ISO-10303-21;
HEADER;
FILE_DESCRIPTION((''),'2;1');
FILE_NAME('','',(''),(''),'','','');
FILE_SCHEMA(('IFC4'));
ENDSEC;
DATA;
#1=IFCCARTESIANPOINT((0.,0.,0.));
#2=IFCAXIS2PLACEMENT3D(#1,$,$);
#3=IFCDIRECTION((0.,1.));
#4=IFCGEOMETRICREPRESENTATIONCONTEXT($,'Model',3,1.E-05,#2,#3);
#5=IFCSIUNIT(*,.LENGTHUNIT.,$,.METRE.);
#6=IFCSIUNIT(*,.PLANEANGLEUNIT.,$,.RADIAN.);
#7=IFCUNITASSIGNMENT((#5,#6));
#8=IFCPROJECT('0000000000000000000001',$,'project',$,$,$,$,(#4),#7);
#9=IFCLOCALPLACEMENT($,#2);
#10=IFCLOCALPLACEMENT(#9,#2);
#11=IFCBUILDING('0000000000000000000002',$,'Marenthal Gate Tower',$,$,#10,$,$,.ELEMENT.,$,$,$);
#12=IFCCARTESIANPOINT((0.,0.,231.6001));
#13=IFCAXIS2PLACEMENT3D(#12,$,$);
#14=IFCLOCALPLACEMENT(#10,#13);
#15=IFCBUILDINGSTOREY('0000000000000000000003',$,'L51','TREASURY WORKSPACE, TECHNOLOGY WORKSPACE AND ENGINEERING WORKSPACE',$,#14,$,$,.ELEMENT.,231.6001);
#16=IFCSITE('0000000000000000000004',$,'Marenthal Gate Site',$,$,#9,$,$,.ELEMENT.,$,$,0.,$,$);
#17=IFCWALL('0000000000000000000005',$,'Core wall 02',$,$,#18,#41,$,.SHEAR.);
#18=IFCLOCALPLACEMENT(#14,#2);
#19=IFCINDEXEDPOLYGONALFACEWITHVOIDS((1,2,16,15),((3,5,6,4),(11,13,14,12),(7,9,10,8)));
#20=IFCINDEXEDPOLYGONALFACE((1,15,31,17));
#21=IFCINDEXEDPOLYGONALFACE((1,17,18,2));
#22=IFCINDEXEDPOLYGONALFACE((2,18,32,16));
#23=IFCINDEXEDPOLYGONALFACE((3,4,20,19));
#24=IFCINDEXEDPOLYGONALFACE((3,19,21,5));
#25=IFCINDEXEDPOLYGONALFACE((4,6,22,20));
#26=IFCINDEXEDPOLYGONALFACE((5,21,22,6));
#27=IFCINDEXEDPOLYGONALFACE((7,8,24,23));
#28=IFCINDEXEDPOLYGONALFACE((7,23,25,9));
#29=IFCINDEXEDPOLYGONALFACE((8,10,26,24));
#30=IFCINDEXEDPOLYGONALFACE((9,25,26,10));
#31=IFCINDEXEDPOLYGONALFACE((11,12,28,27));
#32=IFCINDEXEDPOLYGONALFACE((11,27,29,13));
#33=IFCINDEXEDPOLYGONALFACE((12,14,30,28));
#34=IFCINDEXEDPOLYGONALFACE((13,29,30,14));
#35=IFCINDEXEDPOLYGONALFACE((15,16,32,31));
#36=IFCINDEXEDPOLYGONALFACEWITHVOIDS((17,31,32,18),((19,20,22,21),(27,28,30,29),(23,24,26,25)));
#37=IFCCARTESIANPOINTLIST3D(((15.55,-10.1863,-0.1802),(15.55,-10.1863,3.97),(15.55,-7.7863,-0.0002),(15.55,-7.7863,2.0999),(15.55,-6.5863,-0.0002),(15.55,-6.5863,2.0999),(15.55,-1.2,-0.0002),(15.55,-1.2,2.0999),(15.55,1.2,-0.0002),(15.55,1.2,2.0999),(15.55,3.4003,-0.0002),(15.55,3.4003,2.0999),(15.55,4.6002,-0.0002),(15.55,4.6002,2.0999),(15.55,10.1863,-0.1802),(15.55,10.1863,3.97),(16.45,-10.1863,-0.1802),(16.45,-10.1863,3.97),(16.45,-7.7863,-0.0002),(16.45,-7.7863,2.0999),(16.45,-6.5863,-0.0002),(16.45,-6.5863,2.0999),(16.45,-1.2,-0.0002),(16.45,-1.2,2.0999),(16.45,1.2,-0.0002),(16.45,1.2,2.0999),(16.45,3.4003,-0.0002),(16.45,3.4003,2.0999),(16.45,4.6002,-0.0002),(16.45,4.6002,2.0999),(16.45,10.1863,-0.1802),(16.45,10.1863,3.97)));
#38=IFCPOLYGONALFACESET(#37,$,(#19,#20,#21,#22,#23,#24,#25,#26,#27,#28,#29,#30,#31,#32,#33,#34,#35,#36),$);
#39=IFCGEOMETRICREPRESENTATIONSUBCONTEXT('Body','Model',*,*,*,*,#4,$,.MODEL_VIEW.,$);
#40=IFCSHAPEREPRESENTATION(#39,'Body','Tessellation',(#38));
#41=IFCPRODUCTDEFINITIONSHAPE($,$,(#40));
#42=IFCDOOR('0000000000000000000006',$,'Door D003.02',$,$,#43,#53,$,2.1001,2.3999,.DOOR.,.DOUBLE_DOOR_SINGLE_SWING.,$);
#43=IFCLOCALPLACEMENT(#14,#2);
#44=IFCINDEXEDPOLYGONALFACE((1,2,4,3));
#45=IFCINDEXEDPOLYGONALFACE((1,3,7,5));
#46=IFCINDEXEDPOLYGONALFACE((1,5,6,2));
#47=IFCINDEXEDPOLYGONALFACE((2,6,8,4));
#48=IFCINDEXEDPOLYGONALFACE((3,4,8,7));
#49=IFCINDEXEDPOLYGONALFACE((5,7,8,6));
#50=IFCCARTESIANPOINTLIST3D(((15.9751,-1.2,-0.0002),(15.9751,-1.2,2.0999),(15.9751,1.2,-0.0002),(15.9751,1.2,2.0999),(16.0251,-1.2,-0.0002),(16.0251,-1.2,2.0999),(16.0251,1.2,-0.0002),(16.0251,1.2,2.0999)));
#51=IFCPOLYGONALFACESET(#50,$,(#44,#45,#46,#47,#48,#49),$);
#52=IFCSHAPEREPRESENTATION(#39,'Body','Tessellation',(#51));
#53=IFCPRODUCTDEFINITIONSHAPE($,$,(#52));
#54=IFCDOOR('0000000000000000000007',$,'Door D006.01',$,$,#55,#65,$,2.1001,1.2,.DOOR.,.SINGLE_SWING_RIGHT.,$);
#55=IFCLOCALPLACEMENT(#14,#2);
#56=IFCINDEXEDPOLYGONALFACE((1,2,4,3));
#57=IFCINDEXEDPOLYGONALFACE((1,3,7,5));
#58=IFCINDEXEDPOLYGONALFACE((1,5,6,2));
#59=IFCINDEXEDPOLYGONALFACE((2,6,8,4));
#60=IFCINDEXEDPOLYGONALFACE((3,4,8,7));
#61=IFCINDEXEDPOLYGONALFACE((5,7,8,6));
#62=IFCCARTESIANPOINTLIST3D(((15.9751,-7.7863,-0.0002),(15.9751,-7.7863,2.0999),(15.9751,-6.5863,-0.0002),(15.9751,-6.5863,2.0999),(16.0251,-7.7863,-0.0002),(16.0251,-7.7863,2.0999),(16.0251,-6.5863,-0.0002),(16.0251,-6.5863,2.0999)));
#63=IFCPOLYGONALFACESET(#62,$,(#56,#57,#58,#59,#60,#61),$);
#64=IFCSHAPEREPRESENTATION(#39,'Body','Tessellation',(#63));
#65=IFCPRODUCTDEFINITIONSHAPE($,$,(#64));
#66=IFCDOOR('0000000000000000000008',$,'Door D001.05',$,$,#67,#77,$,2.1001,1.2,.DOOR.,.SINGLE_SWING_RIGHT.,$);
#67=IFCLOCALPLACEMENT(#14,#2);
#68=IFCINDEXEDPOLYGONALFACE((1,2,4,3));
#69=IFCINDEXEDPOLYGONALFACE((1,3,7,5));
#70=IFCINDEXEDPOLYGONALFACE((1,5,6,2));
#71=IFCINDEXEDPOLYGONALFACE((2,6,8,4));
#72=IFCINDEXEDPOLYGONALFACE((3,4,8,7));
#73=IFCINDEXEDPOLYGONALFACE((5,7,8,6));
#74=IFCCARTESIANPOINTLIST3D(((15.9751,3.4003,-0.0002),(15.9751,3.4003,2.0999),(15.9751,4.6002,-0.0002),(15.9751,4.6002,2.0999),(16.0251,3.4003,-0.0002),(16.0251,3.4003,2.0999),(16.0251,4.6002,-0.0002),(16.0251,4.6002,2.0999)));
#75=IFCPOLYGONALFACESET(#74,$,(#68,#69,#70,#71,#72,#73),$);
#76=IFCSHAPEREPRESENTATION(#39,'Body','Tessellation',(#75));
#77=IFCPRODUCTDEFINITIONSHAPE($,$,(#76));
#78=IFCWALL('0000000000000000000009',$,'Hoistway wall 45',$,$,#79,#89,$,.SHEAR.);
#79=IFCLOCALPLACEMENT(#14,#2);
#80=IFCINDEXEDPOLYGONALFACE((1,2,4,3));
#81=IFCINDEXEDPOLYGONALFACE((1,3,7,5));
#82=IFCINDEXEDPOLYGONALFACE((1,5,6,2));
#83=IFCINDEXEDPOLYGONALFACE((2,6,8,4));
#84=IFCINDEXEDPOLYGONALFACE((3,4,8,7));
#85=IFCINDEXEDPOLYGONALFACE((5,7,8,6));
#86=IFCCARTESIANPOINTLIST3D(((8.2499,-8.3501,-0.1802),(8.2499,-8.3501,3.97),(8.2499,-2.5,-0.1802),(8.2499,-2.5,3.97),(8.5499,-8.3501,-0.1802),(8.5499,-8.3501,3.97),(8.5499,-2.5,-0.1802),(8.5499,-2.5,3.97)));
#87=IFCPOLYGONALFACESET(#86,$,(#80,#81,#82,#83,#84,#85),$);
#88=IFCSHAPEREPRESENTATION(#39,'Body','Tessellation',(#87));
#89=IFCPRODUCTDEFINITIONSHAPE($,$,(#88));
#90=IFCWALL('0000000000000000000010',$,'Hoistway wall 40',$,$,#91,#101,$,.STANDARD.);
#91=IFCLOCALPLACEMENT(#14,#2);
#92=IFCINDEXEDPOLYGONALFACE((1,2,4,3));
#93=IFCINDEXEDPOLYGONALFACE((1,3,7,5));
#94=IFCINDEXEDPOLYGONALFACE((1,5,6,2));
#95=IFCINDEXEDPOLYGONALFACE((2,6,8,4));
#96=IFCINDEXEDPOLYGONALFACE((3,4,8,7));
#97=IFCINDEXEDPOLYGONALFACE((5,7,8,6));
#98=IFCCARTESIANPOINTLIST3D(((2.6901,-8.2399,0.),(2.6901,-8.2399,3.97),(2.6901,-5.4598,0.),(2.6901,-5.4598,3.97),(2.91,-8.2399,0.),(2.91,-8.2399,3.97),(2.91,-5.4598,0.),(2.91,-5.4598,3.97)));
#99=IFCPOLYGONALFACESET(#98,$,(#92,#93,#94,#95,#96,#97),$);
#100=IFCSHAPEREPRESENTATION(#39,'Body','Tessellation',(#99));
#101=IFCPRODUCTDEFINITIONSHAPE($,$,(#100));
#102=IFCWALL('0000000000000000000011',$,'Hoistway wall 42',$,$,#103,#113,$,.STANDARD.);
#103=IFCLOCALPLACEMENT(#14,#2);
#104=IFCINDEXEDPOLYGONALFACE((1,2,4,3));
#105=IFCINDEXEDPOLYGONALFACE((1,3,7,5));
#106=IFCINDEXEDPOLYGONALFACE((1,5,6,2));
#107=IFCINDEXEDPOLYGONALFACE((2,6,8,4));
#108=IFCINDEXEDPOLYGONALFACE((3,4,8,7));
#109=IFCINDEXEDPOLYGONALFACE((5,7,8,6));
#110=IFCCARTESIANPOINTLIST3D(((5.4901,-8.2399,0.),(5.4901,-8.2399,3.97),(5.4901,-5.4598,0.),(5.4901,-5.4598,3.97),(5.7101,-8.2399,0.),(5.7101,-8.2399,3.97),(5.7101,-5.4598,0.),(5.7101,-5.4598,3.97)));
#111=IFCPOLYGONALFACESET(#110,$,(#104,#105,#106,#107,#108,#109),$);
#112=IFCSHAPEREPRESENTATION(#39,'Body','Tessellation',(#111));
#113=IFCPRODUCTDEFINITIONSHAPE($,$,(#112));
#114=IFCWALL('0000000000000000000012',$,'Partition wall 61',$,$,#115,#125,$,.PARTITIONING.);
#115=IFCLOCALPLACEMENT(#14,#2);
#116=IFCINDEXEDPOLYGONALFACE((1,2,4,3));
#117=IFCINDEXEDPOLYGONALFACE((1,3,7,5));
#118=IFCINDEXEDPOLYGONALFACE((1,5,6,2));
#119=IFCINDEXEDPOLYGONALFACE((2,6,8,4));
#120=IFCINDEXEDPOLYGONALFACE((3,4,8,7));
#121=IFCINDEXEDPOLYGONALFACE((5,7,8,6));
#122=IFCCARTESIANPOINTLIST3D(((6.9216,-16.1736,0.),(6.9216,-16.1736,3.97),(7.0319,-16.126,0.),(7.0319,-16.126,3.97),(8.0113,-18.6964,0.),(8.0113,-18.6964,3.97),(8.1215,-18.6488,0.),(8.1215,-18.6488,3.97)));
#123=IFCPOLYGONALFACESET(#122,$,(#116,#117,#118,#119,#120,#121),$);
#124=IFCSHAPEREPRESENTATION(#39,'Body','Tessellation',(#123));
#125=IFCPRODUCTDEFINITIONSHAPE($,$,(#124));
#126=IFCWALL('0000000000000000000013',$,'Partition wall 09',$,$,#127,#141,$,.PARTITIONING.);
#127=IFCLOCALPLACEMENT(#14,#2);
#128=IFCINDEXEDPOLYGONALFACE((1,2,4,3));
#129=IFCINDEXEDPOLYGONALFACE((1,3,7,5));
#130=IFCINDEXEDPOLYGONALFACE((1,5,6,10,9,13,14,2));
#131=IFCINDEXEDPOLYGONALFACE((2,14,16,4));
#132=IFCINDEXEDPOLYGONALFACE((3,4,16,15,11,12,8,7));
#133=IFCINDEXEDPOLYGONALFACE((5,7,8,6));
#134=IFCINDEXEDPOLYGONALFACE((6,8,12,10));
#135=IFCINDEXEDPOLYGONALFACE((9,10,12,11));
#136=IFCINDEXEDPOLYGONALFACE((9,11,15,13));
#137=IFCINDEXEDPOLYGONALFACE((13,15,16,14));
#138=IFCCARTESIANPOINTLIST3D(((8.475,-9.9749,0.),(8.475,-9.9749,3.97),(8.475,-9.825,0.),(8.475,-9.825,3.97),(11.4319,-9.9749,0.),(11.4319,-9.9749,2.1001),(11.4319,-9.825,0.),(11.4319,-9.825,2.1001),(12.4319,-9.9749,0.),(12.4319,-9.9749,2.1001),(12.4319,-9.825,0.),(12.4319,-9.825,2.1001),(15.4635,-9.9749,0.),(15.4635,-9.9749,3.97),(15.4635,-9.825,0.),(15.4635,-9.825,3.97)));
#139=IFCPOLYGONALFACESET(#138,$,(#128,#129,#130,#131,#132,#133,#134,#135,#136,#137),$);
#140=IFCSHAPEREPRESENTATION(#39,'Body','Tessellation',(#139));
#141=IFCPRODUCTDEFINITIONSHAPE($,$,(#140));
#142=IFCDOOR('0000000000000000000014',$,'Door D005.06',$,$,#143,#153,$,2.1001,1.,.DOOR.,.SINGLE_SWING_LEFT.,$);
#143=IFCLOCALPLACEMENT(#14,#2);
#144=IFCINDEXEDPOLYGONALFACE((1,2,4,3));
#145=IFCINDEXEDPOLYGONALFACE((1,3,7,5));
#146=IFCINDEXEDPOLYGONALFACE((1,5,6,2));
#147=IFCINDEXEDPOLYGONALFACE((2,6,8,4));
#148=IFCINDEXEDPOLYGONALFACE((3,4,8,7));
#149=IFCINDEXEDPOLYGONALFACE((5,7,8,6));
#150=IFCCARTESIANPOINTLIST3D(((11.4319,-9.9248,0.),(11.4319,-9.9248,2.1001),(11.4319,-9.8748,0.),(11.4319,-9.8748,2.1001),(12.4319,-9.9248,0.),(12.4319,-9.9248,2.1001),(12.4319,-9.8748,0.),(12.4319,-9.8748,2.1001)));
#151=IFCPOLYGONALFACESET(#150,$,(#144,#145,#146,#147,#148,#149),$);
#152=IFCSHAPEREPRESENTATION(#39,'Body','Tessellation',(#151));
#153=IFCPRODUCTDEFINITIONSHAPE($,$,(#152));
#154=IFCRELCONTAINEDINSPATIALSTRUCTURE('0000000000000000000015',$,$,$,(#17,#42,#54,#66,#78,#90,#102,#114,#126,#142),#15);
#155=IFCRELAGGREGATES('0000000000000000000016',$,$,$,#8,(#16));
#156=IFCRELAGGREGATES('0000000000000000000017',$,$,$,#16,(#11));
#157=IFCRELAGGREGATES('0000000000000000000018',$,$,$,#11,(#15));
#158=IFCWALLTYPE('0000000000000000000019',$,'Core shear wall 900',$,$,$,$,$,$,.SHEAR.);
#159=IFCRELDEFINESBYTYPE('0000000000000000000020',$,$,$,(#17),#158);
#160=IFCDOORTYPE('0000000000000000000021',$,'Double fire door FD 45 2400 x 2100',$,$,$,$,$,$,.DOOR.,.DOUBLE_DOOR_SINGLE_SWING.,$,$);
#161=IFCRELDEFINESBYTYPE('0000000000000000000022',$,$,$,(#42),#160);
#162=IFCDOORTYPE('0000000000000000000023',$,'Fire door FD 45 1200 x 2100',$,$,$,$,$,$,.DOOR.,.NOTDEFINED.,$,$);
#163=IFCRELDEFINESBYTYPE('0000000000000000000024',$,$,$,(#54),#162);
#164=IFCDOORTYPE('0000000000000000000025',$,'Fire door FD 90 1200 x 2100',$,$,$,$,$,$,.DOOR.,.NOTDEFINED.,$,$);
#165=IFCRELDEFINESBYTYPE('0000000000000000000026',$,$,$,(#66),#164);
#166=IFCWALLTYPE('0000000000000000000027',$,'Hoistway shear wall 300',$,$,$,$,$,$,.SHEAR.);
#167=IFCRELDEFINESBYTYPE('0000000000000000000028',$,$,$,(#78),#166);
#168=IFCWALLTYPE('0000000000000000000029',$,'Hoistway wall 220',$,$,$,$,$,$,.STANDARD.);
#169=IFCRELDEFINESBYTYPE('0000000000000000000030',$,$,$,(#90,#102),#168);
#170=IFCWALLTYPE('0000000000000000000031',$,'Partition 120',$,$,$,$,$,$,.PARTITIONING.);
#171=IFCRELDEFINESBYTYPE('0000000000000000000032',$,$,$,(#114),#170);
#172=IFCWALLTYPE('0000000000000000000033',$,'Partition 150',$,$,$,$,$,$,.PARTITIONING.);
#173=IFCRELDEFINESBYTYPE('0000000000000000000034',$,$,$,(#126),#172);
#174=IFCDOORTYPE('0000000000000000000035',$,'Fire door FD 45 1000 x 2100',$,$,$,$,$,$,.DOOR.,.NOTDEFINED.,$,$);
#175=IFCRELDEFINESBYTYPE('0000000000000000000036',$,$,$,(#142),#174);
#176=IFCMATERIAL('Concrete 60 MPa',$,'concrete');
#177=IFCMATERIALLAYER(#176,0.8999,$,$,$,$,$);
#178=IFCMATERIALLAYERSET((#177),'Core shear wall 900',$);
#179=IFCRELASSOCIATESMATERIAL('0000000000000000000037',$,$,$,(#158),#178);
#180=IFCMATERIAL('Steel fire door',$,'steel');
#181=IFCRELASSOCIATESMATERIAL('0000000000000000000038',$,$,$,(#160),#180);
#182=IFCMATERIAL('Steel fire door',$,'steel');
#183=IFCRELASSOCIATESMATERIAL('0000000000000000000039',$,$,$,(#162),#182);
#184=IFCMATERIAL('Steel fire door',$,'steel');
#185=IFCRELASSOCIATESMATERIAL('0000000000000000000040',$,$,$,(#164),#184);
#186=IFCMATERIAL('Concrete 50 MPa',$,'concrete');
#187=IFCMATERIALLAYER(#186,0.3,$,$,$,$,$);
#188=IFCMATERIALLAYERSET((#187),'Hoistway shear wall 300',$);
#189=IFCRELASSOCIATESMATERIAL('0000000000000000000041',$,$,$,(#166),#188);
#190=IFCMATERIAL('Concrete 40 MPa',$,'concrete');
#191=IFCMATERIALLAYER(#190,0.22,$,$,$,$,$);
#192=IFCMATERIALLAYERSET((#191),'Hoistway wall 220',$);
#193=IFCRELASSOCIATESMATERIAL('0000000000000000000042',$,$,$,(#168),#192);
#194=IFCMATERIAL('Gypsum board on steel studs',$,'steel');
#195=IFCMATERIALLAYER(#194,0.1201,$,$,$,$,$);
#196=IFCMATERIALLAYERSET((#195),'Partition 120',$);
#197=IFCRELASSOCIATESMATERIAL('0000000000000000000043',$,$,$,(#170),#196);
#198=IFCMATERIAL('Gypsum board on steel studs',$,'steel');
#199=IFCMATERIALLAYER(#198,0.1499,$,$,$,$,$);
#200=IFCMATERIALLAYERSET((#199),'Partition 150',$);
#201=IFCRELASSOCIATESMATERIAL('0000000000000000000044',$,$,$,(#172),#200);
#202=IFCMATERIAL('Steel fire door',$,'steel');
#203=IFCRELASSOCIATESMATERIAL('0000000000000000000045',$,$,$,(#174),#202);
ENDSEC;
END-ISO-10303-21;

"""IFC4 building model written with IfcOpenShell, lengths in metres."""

from ifc_helpers import new_model, si_unit, direction, frame, frame_2d, origin, place, context, subcontext, project, spatial, rectangle, extrude, material, layer, layer_set, type_object, element, fill, save


model = new_model("IFC4")

# Units and contexts
model_context = context("Model", 3, precision=1e-05, world=origin(), true_north=direction((0.0, 1.0)))
body_context = subcontext(model_context, "Body", "Model", "MODEL_VIEW")
ifc_project = project(units=[si_unit("LENGTHUNIT", "METRE"), si_unit("PLANEANGLEUNIT", "RADIAN")], contexts=[model_context])

# Site, building, storey
site_placement = place(None, origin())
site = spatial("IfcSite", under=ifc_project, at=site_placement, Name="Marenthal Gate Site", CompositionType="ELEMENT", RefElevation=0.0)
building_placement = place(site_placement, origin())
building = spatial("IfcBuilding", under=site, at=building_placement, Name="Marenthal Gate Tower", CompositionType="ELEMENT")
storey_placement = place(building_placement, frame((0.0, 0.0, 231.6001)))
storey = spatial("IfcBuildingStorey", under=building, at=storey_placement, Name="L51", Description="TREASURY WORKSPACE, TECHNOLOGY WORKSPACE AND ENGINEERING WORKSPACE", CompositionType="ELEMENT", Elevation=231.6001)

# Shared definitions
ifc_material_1 = material(Name="Concrete 60 MPa", Category="concrete")
ifc_layer_1 = layer(ifc_material_1, 0.8999)
ifc_layer_set_1 = layer_set([ifc_layer_1], Name="Core shear wall 900")
wall_type_1 = type_object("IfcWallType", Name="Core shear wall 900", PredefinedType="SHEAR", material=ifc_layer_set_1)

# Wall, openings, doors
wall_1_placement = place(storey_placement, frame((16.0, -10.1863, -0.1802), z_axis=(0.0, 0.0, 1.0), x_axis=(0.0, 1.0, 0.0)))
wall_1 = element("IfcWall", 1, at=wall_1_placement, inside=storey, type_object=wall_type_1, Name="Core wall 02", PredefinedType="SHEAR", context=body_context, shape_type="SweptSolid", body=[
    extrude(rectangle(XDim=20.3726, YDim=0.8999, at=frame_2d((10.1863, 0.0))), origin(), (0.0, 0.0, 1.0), 4.1501),
])
opening_1_placement = place(wall_1_placement, frame((8.9863, 0.0, 0.1799)))
opening_1 = element("IfcOpeningElement", 2, at=opening_1_placement, cuts=wall_1, PredefinedType="OPENING", context=body_context, shape_type="SweptSolid", body=[
    extrude(rectangle(XDim=2.3999, YDim=2.1001, at=frame_2d((1.2, 1.05))), frame((0.0, 0.46, 0.0), z_axis=(0.0, -1.0, 0.0), x_axis=(1.0, 0.0, 0.0)), (0.0, 0.0, 1.0), 0.9199),
])
opening_2_placement = place(wall_1_placement, frame((13.5864, 0.0, 0.1799)))
opening_2 = element("IfcOpeningElement", 3, at=opening_2_placement, cuts=wall_1, PredefinedType="OPENING", context=body_context, shape_type="SweptSolid", body=[
    extrude(rectangle(XDim=1.2, YDim=2.1001, at=frame_2d((0.6001, 1.05))), frame((0.0, 0.46, 0.0), z_axis=(0.0, -1.0, 0.0), x_axis=(1.0, 0.0, 0.0)), (0.0, 0.0, 1.0), 0.9199),
])
opening_3_placement = place(wall_1_placement, frame((2.3999, 0.0, 0.1799)))
opening_3 = element("IfcOpeningElement", 4, at=opening_3_placement, cuts=wall_1, PredefinedType="OPENING", context=body_context, shape_type="SweptSolid", body=[
    extrude(rectangle(XDim=1.2, YDim=2.1001, at=frame_2d((0.6001, 1.05))), frame((0.0, 0.46, 0.0), z_axis=(0.0, -1.0, 0.0), x_axis=(1.0, 0.0, 0.0)), (0.0, 0.0, 1.0), 0.9199),
])
ifc_material_2 = material(Name="Steel fire door", Category="steel")
door_type_1 = type_object("IfcDoorType", Name="Double fire door FD 45 2400 x 2100", OperationType="DOUBLE_DOOR_SINGLE_SWING", PredefinedType="DOOR", material=ifc_material_2)
door_1_placement = place(opening_1_placement, origin())
door_1 = element("IfcDoor", 5, at=door_1_placement, inside=storey, type_object=door_type_1, Name="Door D003.02", OperationType="DOUBLE_DOOR_SINGLE_SWING", OverallHeight=2.1001, OverallWidth=2.3999, PredefinedType="DOOR", context=body_context, shape_type="SweptSolid", body=[
    extrude(rectangle(XDim=2.3999, YDim=2.1001, at=frame_2d((1.2, 1.05))), frame((0.0, 0.0249, 0.0), z_axis=(0.0, -1.0, 0.0), x_axis=(1.0, 0.0, 0.0)), (0.0, 0.0, 1.0), 0.05),
])
fill(opening_1, door_1)
ifc_material_3 = material(Name="Steel fire door", Category="steel")
door_type_2 = type_object("IfcDoorType", Name="Fire door FD 45 1200 x 2100", OperationType="NOTDEFINED", PredefinedType="DOOR", material=ifc_material_3)
door_2_placement = place(opening_3_placement, origin())
door_2 = element("IfcDoor", 6, at=door_2_placement, inside=storey, type_object=door_type_2, Name="Door D006.01", OperationType="SINGLE_SWING_RIGHT", OverallHeight=2.1001, OverallWidth=1.2, PredefinedType="DOOR", context=body_context, shape_type="SweptSolid", body=[
    extrude(rectangle(XDim=1.2, YDim=2.1001, at=frame_2d((0.6001, 1.05))), frame((0.0, 0.0249, 0.0), z_axis=(0.0, -1.0, 0.0), x_axis=(1.0, 0.0, 0.0)), (0.0, 0.0, 1.0), 0.05),
])
fill(opening_3, door_2)
ifc_material_4 = material(Name="Steel fire door", Category="steel")
door_type_3 = type_object("IfcDoorType", Name="Fire door FD 90 1200 x 2100", OperationType="NOTDEFINED", PredefinedType="DOOR", material=ifc_material_4)
door_3_placement = place(opening_2_placement, origin())
door_3 = element("IfcDoor", 7, at=door_3_placement, inside=storey, type_object=door_type_3, Name="Door D001.05", OperationType="SINGLE_SWING_RIGHT", OverallHeight=2.1001, OverallWidth=1.2, PredefinedType="DOOR", context=body_context, shape_type="SweptSolid", body=[
    extrude(rectangle(XDim=1.2, YDim=2.1001, at=frame_2d((0.6001, 1.05))), frame((0.0, 0.0249, 0.0), z_axis=(0.0, -1.0, 0.0), x_axis=(1.0, 0.0, 0.0)), (0.0, 0.0, 1.0), 0.05),
])
fill(opening_2, door_3)

# Walls
ifc_material_5 = material(Name="Concrete 50 MPa", Category="concrete")
ifc_layer_2 = layer(ifc_material_5, 0.3)
ifc_layer_set_2 = layer_set([ifc_layer_2], Name="Hoistway shear wall 300")
wall_type_2 = type_object("IfcWallType", Name="Hoistway shear wall 300", PredefinedType="SHEAR", material=ifc_layer_set_2)
wall_2_placement = place(storey_placement, frame((8.3999, -8.3501, -0.1802), z_axis=(0.0, 0.0, 1.0), x_axis=(0.0, 1.0, 0.0)))
element("IfcWall", 8, at=wall_2_placement, inside=storey, type_object=wall_type_2, Name="Hoistway wall 45", PredefinedType="SHEAR", context=body_context, shape_type="SweptSolid", body=[
    extrude(rectangle(XDim=5.8501, YDim=0.3, at=frame_2d((2.925, 0.0))), origin(), (0.0, 0.0, 1.0), 4.1501),
])
ifc_material_6 = material(Name="Concrete 40 MPa", Category="concrete")
ifc_layer_3 = layer(ifc_material_6, 0.22)
ifc_layer_set_3 = layer_set([ifc_layer_3], Name="Hoistway wall 220")
wall_type_3 = type_object("IfcWallType", Name="Hoistway wall 220", PredefinedType="STANDARD", material=ifc_layer_set_3)
for number, where, z_axis, x_axis, name in (
    (9, (2.8, -8.24, 0.0), (0.0, 0.0, 1.0), (0.0, 1.0, 0.0), "Hoistway wall 40"),
    (10, (5.6001, -8.24, 0.0), (0.0, 0.0, 1.0), (0.0, 1.0, 0.0), "Hoistway wall 42"),
):
    element("IfcWall", number, at=place(storey_placement, frame(where, z_axis=z_axis, x_axis=x_axis)), inside=storey, type_object=wall_type_3, Name=name, PredefinedType="STANDARD", context=body_context, shape_type="SweptSolid", body=[
        extrude(rectangle(XDim=2.78, YDim=0.22, at=frame_2d((1.3901, 0.0))), origin(), (0.0, 0.0, 1.0), 3.97),
    ])
ifc_material_7 = material(Name="Gypsum board on steel studs", Category="steel")
ifc_layer_4 = layer(ifc_material_7, 0.1201)
ifc_layer_set_4 = layer_set([ifc_layer_4], Name="Partition 120")
wall_type_4 = type_object("IfcWallType", Name="Partition 120", PredefinedType="PARTITIONING", material=ifc_layer_set_4)
wall_3_placement = place(storey_placement, frame((8.0664, -18.6726, 0.0), z_axis=(0.0, 0.0, 1.0), x_axis=(-0.396513, 0.918029, 0.0)))
element("IfcWall", 11, at=wall_3_placement, inside=storey, type_object=wall_type_4, Name="Partition wall 61", PredefinedType="PARTITIONING", context=body_context, shape_type="SweptSolid", body=[
    extrude(rectangle(XDim=2.748, YDim=0.1201, at=frame_2d((1.374, 0.0))), origin(), (0.0, 0.0, 1.0), 3.97),
])

# Wall, opening, door
ifc_material_8 = material(Name="Gypsum board on steel studs", Category="steel")
ifc_layer_5 = layer(ifc_material_8, 0.1499)
ifc_layer_set_5 = layer_set([ifc_layer_5], Name="Partition 150")
wall_type_5 = type_object("IfcWallType", Name="Partition 150", PredefinedType="PARTITIONING", material=ifc_layer_set_5)
wall_4_placement = place(storey_placement, frame((8.4751, -9.8999, 0.0), z_axis=(0.0, 0.0, 1.0), x_axis=(1.0, 0.0, 0.0)))
wall_4 = element("IfcWall", 12, at=wall_4_placement, inside=storey, type_object=wall_type_5, Name="Partition wall 09", PredefinedType="PARTITIONING", context=body_context, shape_type="SweptSolid", body=[
    extrude(rectangle(XDim=6.9885, YDim=0.1499, at=frame_2d((3.4941, 0.0))), origin(), (0.0, 0.0, 1.0), 3.97),
])
opening_4_placement = place(wall_4_placement, frame((2.9568, 0.0, 0.0)))
opening_4 = element("IfcOpeningElement", 13, at=opening_4_placement, cuts=wall_4, PredefinedType="OPENING", context=body_context, shape_type="SweptSolid", body=[
    extrude(rectangle(XDim=1.0, YDim=2.1001, at=frame_2d((0.5, 1.05))), frame((0.0, 0.085, 0.0), z_axis=(0.0, -1.0, 0.0), x_axis=(1.0, 0.0, 0.0)), (0.0, 0.0, 1.0), 0.1699),
])
ifc_material_9 = material(Name="Steel fire door", Category="steel")
door_type_4 = type_object("IfcDoorType", Name="Fire door FD 45 1000 x 2100", OperationType="NOTDEFINED", PredefinedType="DOOR", material=ifc_material_9)
door_4_placement = place(opening_4_placement, frame((1.0, 0.0, 0.0), z_axis=(0.0, 0.0, 1.0), x_axis=(-1.0, 0.0, 0.0)))
door_4 = element("IfcDoor", 14, at=door_4_placement, inside=storey, type_object=door_type_4, Name="Door D005.06", OperationType="SINGLE_SWING_LEFT", OverallHeight=2.1001, OverallWidth=1.0, PredefinedType="DOOR", context=body_context, shape_type="SweptSolid", body=[
    extrude(rectangle(XDim=1.0, YDim=2.1001, at=frame_2d((0.5, 1.05))), frame((0.0, 0.0249, 0.0), z_axis=(0.0, -1.0, 0.0), x_axis=(1.0, 0.0, 0.0)), (0.0, 0.0, 1.0), 0.05),
])
fill(opening_4, door_4)

save(model, "model.ifc")
